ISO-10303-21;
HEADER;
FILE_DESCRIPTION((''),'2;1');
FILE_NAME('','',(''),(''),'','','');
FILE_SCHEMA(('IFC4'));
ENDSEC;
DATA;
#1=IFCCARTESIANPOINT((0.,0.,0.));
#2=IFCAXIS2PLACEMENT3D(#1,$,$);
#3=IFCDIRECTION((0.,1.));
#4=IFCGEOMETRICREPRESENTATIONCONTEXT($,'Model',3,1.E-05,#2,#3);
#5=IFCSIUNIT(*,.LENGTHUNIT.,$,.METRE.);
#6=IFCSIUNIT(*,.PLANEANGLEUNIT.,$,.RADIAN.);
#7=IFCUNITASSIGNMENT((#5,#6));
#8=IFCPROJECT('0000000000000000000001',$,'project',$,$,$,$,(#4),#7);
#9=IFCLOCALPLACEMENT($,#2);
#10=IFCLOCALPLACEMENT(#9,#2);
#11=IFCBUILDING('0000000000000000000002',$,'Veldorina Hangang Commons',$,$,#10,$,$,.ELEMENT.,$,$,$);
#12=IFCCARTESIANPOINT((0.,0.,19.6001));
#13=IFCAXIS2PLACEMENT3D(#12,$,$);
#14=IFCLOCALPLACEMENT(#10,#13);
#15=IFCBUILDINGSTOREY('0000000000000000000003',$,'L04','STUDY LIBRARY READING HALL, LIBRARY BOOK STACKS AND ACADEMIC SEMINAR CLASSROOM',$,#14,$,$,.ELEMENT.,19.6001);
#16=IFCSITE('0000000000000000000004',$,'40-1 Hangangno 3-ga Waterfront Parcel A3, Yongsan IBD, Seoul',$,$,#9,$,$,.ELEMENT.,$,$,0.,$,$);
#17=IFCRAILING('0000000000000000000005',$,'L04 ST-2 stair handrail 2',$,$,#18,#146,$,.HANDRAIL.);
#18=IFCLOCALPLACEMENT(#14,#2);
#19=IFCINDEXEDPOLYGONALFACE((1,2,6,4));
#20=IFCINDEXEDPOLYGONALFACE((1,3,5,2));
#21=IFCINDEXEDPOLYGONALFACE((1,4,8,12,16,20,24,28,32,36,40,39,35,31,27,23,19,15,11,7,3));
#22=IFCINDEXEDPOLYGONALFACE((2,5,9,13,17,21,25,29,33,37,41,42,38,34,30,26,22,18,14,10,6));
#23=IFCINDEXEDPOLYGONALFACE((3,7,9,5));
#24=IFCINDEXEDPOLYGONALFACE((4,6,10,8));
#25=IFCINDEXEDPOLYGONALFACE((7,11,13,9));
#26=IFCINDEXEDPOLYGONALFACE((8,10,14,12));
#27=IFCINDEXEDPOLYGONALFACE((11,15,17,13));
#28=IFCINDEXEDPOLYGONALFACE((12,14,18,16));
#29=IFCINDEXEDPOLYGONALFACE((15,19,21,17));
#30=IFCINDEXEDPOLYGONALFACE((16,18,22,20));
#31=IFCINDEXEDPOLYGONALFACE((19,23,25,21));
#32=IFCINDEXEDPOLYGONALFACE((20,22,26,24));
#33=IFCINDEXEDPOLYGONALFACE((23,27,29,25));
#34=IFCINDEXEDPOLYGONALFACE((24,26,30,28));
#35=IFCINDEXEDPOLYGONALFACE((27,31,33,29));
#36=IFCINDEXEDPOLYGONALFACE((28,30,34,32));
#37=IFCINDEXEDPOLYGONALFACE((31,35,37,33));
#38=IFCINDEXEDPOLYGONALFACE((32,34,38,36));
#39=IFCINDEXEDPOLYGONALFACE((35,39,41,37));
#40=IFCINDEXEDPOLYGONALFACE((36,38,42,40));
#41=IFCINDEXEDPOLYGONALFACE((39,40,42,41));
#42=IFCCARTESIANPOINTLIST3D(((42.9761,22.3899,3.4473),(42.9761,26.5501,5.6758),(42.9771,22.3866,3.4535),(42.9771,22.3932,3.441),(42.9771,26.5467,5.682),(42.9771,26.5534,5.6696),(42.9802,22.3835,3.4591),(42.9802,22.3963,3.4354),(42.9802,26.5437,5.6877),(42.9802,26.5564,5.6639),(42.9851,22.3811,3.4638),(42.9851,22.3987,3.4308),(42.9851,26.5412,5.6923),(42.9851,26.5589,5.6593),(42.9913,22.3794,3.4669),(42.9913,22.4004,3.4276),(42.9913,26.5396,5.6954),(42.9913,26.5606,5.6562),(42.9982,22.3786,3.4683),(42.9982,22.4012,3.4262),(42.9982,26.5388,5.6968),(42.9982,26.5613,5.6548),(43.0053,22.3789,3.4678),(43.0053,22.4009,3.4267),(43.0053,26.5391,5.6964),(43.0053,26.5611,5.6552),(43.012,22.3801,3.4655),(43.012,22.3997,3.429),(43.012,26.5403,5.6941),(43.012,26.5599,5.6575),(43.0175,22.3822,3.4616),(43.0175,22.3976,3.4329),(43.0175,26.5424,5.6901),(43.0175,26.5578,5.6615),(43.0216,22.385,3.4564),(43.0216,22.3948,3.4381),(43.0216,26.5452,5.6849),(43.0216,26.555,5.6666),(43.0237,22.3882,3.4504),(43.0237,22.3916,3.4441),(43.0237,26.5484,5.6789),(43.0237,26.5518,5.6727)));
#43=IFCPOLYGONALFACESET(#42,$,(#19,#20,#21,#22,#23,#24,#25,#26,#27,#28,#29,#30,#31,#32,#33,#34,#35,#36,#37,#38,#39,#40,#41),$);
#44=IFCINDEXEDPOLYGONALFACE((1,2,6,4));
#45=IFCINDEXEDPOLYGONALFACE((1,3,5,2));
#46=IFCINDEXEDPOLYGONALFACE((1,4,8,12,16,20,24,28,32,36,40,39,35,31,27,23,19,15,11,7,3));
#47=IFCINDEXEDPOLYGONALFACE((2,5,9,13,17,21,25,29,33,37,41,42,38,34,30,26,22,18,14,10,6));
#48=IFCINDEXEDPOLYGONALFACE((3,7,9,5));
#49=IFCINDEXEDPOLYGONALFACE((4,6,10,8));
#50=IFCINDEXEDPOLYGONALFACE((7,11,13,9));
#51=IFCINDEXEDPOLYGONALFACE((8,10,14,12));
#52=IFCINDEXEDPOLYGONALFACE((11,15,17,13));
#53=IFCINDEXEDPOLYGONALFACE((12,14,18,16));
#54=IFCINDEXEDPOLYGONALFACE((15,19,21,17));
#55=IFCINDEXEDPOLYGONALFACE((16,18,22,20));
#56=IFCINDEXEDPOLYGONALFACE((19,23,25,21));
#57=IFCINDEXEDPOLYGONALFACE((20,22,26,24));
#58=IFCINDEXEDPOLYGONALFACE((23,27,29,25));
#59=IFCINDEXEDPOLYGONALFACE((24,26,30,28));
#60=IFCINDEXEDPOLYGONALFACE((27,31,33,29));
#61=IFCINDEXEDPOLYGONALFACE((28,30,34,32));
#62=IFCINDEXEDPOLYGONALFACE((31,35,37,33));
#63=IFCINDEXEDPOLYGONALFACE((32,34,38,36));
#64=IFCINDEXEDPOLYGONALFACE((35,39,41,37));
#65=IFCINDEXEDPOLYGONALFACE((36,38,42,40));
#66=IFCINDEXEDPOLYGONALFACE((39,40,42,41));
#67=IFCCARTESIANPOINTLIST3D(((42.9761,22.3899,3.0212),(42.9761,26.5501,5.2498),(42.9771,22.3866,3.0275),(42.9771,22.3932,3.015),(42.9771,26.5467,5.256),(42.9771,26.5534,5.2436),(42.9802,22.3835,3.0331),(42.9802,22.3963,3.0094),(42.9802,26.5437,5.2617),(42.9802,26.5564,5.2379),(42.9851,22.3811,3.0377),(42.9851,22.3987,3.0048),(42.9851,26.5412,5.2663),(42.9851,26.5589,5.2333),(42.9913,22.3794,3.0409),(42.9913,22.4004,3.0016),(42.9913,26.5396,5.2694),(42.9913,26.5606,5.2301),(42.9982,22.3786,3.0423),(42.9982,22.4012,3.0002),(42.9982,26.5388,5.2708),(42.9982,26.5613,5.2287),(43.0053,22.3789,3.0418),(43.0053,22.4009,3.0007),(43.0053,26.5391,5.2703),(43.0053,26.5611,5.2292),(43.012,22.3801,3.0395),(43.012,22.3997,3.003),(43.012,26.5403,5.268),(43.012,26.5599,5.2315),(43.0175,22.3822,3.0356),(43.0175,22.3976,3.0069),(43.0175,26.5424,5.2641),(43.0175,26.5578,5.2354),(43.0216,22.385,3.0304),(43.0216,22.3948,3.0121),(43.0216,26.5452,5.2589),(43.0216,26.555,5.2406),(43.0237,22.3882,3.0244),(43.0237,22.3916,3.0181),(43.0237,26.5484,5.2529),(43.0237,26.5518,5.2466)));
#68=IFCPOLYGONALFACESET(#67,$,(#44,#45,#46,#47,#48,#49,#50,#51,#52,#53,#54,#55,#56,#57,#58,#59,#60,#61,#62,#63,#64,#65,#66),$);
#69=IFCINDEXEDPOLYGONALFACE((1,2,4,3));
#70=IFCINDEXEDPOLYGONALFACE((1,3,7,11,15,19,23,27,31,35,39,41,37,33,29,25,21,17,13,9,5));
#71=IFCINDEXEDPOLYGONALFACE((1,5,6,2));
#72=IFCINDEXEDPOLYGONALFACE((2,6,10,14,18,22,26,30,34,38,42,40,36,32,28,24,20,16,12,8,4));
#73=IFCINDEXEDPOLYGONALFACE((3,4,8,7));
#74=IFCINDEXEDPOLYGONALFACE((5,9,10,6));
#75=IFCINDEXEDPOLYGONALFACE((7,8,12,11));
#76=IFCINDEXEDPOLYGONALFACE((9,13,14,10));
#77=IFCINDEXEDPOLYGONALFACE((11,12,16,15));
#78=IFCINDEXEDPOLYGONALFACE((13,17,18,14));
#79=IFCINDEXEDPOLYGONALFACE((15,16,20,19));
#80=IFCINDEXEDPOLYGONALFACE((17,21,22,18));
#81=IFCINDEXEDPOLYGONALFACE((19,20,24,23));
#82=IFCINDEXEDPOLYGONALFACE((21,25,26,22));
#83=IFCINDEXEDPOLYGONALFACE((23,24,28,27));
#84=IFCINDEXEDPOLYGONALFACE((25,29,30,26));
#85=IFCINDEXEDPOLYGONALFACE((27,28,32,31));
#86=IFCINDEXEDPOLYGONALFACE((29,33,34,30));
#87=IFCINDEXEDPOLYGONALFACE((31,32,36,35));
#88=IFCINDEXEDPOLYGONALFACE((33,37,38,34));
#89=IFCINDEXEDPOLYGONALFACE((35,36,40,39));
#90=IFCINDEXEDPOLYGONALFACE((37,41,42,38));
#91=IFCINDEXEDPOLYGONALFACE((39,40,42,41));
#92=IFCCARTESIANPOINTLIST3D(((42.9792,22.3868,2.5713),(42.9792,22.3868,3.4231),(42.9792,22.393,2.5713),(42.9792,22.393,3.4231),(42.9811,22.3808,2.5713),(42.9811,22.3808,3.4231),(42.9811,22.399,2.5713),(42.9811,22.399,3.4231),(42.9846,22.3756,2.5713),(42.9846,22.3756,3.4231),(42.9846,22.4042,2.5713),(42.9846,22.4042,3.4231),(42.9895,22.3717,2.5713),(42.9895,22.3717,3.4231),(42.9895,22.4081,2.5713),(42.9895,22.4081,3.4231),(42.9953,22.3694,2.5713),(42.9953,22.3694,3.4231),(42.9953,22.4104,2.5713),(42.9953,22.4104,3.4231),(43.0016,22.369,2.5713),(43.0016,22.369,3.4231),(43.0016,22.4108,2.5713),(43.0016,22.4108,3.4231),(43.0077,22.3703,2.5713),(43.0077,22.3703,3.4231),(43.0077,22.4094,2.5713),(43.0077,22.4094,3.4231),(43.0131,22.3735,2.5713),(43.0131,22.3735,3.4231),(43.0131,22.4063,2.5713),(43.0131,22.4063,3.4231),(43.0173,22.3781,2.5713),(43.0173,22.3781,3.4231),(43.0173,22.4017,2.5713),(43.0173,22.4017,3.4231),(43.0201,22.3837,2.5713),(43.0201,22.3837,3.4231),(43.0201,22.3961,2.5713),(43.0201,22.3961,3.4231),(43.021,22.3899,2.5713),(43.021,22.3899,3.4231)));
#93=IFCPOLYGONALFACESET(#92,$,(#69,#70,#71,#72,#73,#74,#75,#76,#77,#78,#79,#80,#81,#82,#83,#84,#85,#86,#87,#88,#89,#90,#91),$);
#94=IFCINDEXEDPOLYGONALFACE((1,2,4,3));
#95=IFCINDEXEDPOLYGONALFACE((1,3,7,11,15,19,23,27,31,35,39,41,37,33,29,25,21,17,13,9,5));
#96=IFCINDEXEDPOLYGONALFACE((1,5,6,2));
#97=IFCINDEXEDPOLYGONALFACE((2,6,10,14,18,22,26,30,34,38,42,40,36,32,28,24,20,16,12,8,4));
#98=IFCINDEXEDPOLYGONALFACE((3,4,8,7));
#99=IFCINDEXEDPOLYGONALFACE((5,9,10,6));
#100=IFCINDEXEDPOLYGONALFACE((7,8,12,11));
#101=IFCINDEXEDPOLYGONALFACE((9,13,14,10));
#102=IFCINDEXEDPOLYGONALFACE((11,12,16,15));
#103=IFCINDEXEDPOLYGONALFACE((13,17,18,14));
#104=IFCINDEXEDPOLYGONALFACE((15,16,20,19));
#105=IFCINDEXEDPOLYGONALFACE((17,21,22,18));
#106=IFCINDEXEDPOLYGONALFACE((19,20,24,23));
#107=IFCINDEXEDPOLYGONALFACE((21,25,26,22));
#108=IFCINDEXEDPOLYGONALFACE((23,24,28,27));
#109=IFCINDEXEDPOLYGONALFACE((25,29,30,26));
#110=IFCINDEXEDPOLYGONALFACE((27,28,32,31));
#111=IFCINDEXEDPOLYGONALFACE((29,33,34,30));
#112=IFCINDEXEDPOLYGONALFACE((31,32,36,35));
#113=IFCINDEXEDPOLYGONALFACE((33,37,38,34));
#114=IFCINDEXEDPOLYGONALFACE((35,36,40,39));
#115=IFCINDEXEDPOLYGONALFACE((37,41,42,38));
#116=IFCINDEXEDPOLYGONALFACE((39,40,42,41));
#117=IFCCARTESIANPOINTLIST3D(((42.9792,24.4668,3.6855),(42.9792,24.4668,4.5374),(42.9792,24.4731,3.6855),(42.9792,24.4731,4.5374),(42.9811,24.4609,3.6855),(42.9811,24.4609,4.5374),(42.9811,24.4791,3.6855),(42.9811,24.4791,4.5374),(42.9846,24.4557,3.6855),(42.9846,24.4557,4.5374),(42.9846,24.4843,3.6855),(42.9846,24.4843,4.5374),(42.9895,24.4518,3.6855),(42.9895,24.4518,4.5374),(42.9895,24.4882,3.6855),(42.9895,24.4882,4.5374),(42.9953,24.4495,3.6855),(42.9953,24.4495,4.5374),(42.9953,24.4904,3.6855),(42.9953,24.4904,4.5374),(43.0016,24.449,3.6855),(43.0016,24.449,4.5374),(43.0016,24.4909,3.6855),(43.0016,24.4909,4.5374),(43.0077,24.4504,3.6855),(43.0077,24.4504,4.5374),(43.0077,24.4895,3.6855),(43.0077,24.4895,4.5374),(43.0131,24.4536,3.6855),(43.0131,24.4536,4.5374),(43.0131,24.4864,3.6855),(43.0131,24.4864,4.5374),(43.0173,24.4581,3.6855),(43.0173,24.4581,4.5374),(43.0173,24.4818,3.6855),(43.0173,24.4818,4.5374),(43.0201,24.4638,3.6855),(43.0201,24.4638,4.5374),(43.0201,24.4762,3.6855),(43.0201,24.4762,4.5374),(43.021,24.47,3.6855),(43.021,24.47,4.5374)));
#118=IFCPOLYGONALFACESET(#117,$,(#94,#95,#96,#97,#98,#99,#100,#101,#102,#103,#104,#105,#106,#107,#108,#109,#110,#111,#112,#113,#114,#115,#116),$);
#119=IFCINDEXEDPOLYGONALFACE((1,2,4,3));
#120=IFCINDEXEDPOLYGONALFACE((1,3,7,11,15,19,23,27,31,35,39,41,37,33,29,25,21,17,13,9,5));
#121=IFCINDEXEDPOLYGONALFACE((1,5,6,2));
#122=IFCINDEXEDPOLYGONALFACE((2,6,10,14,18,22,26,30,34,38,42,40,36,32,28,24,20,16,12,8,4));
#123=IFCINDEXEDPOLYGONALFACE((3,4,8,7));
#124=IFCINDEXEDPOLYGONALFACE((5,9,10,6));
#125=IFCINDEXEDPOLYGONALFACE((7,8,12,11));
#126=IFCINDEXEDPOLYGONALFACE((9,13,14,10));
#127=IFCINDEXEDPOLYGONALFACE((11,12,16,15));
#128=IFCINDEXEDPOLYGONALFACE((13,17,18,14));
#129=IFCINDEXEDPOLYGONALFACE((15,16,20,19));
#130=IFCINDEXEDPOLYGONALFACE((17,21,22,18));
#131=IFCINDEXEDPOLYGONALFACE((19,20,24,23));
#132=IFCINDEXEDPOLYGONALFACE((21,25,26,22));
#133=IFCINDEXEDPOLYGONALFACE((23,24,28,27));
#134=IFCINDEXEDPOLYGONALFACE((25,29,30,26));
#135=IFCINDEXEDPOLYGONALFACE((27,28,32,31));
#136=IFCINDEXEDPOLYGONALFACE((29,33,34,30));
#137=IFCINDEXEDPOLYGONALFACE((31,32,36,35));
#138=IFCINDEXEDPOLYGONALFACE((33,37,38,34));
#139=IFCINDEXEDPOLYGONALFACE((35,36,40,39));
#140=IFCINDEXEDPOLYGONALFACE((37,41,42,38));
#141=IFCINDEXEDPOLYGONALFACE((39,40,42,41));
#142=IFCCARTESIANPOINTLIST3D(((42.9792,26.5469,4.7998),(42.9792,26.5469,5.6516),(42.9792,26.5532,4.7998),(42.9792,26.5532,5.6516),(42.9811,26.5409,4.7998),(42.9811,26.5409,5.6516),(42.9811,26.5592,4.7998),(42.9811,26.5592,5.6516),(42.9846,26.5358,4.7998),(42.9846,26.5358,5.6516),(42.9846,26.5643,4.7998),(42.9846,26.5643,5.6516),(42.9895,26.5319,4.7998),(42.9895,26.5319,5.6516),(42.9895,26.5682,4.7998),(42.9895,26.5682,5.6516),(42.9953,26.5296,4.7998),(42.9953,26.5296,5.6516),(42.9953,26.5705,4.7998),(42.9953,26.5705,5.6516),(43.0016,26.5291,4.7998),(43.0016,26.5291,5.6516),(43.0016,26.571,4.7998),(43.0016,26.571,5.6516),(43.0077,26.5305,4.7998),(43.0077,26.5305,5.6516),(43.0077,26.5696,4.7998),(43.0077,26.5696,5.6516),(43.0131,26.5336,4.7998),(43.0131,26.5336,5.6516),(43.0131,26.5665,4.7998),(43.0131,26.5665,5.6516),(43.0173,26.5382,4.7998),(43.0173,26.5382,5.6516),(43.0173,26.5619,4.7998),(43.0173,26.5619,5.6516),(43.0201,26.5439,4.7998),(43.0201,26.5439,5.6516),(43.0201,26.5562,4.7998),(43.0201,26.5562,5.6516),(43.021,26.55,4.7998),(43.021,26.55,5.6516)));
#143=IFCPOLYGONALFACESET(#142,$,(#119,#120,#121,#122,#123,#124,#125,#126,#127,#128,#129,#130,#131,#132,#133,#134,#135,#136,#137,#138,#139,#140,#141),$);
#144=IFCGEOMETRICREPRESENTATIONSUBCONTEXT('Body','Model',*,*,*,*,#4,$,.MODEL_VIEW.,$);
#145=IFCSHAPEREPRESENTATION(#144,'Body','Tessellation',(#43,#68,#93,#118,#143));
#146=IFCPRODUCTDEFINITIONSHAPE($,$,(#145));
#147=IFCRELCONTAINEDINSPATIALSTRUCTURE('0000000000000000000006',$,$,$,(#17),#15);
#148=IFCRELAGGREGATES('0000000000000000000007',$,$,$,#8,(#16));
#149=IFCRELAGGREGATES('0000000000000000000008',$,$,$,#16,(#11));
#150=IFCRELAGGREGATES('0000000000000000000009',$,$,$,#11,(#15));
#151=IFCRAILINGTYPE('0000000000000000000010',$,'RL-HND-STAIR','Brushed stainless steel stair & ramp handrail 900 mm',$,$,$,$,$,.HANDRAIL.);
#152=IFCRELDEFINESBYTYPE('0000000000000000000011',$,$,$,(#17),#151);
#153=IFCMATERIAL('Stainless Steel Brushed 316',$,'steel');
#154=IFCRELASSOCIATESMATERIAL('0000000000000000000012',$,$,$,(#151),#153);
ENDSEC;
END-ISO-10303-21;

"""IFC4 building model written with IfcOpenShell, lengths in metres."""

from ifc_helpers import new_model, si_unit, direction, frame, origin, origin_2d, place, context, subcontext, project, spatial, circle, extrude, material, type_object, element, save


model = new_model("IFC4")

# Units and contexts
model_context = context("Model", 3, precision=1e-05, world=origin(), true_north=direction((0.0, 1.0)))
body_context = subcontext(model_context, "Body", "Model", "MODEL_VIEW")
ifc_project = project(units=[si_unit("LENGTHUNIT", "METRE"), si_unit("PLANEANGLEUNIT", "RADIAN")], contexts=[model_context])

# Site, building, storey
site_placement = place(None, origin())
site = spatial("IfcSite", under=ifc_project, at=site_placement, Name="40-1 Hangangno 3-ga Waterfront Parcel A3, Yongsan IBD, Seoul", CompositionType="ELEMENT", RefElevation=0.0)
building_placement = place(site_placement, origin())
building = spatial("IfcBuilding", under=site, at=building_placement, Name="Veldorina Hangang Commons", CompositionType="ELEMENT")
storey_placement = place(building_placement, frame((0.0, 0.0, 19.6001)))
storey = spatial("IfcBuildingStorey", under=building, at=storey_placement, Name="L04", Description="STUDY LIBRARY READING HALL, LIBRARY BOOK STACKS AND ACADEMIC SEMINAR CLASSROOM", CompositionType="ELEMENT", Elevation=19.6001)

# Railing
ifc_material_1 = material(Name="Stainless Steel Brushed 316", Category="steel")
railing_type_1 = type_object("IfcRailingType", Name="RL-HND-STAIR", Description="Brushed stainless steel stair & ramp handrail 900 mm", PredefinedType="HANDRAIL", material=ifc_material_1)
railing_1_placement = place(storey_placement, frame((43.0, 22.3899, 2.5713)))
element("IfcRailing", 1, at=railing_1_placement, inside=storey, type_object=railing_type_1, Name="L04 ST-2 stair handrail 2", PredefinedType="HANDRAIL", context=body_context, shape_type="SweptSolid", body=[
    extrude(circle(Radius=0.0239, at=origin_2d()), frame((0.0, 0.0, 0.876), z_axis=(0.0, 0.881492, 0.472198), x_axis=(-1.0, 0.0, 0.0)), (0.0, 0.0, 1.0), 4.7195),
    extrude(circle(Radius=0.0239, at=origin_2d()), frame((0.0, 0.0, 0.45), z_axis=(0.0, 0.881492, 0.472198), x_axis=(-1.0, 0.0, 0.0)), (0.0, 0.0, 1.0), 4.7195),
    extrude(circle(Radius=0.021, at=origin_2d()), origin(), (0.0, 0.0, 1.0), 0.8518),
    extrude(circle(Radius=0.021, at=origin_2d()), frame((0.0, 2.0801, 1.1143)), (0.0, 0.0, 1.0), 0.8518),
    extrude(circle(Radius=0.021, at=origin_2d()), frame((0.0, 4.1602, 2.2285)), (0.0, 0.0, 1.0), 0.8518),
])

save(model, "model.ifc")
